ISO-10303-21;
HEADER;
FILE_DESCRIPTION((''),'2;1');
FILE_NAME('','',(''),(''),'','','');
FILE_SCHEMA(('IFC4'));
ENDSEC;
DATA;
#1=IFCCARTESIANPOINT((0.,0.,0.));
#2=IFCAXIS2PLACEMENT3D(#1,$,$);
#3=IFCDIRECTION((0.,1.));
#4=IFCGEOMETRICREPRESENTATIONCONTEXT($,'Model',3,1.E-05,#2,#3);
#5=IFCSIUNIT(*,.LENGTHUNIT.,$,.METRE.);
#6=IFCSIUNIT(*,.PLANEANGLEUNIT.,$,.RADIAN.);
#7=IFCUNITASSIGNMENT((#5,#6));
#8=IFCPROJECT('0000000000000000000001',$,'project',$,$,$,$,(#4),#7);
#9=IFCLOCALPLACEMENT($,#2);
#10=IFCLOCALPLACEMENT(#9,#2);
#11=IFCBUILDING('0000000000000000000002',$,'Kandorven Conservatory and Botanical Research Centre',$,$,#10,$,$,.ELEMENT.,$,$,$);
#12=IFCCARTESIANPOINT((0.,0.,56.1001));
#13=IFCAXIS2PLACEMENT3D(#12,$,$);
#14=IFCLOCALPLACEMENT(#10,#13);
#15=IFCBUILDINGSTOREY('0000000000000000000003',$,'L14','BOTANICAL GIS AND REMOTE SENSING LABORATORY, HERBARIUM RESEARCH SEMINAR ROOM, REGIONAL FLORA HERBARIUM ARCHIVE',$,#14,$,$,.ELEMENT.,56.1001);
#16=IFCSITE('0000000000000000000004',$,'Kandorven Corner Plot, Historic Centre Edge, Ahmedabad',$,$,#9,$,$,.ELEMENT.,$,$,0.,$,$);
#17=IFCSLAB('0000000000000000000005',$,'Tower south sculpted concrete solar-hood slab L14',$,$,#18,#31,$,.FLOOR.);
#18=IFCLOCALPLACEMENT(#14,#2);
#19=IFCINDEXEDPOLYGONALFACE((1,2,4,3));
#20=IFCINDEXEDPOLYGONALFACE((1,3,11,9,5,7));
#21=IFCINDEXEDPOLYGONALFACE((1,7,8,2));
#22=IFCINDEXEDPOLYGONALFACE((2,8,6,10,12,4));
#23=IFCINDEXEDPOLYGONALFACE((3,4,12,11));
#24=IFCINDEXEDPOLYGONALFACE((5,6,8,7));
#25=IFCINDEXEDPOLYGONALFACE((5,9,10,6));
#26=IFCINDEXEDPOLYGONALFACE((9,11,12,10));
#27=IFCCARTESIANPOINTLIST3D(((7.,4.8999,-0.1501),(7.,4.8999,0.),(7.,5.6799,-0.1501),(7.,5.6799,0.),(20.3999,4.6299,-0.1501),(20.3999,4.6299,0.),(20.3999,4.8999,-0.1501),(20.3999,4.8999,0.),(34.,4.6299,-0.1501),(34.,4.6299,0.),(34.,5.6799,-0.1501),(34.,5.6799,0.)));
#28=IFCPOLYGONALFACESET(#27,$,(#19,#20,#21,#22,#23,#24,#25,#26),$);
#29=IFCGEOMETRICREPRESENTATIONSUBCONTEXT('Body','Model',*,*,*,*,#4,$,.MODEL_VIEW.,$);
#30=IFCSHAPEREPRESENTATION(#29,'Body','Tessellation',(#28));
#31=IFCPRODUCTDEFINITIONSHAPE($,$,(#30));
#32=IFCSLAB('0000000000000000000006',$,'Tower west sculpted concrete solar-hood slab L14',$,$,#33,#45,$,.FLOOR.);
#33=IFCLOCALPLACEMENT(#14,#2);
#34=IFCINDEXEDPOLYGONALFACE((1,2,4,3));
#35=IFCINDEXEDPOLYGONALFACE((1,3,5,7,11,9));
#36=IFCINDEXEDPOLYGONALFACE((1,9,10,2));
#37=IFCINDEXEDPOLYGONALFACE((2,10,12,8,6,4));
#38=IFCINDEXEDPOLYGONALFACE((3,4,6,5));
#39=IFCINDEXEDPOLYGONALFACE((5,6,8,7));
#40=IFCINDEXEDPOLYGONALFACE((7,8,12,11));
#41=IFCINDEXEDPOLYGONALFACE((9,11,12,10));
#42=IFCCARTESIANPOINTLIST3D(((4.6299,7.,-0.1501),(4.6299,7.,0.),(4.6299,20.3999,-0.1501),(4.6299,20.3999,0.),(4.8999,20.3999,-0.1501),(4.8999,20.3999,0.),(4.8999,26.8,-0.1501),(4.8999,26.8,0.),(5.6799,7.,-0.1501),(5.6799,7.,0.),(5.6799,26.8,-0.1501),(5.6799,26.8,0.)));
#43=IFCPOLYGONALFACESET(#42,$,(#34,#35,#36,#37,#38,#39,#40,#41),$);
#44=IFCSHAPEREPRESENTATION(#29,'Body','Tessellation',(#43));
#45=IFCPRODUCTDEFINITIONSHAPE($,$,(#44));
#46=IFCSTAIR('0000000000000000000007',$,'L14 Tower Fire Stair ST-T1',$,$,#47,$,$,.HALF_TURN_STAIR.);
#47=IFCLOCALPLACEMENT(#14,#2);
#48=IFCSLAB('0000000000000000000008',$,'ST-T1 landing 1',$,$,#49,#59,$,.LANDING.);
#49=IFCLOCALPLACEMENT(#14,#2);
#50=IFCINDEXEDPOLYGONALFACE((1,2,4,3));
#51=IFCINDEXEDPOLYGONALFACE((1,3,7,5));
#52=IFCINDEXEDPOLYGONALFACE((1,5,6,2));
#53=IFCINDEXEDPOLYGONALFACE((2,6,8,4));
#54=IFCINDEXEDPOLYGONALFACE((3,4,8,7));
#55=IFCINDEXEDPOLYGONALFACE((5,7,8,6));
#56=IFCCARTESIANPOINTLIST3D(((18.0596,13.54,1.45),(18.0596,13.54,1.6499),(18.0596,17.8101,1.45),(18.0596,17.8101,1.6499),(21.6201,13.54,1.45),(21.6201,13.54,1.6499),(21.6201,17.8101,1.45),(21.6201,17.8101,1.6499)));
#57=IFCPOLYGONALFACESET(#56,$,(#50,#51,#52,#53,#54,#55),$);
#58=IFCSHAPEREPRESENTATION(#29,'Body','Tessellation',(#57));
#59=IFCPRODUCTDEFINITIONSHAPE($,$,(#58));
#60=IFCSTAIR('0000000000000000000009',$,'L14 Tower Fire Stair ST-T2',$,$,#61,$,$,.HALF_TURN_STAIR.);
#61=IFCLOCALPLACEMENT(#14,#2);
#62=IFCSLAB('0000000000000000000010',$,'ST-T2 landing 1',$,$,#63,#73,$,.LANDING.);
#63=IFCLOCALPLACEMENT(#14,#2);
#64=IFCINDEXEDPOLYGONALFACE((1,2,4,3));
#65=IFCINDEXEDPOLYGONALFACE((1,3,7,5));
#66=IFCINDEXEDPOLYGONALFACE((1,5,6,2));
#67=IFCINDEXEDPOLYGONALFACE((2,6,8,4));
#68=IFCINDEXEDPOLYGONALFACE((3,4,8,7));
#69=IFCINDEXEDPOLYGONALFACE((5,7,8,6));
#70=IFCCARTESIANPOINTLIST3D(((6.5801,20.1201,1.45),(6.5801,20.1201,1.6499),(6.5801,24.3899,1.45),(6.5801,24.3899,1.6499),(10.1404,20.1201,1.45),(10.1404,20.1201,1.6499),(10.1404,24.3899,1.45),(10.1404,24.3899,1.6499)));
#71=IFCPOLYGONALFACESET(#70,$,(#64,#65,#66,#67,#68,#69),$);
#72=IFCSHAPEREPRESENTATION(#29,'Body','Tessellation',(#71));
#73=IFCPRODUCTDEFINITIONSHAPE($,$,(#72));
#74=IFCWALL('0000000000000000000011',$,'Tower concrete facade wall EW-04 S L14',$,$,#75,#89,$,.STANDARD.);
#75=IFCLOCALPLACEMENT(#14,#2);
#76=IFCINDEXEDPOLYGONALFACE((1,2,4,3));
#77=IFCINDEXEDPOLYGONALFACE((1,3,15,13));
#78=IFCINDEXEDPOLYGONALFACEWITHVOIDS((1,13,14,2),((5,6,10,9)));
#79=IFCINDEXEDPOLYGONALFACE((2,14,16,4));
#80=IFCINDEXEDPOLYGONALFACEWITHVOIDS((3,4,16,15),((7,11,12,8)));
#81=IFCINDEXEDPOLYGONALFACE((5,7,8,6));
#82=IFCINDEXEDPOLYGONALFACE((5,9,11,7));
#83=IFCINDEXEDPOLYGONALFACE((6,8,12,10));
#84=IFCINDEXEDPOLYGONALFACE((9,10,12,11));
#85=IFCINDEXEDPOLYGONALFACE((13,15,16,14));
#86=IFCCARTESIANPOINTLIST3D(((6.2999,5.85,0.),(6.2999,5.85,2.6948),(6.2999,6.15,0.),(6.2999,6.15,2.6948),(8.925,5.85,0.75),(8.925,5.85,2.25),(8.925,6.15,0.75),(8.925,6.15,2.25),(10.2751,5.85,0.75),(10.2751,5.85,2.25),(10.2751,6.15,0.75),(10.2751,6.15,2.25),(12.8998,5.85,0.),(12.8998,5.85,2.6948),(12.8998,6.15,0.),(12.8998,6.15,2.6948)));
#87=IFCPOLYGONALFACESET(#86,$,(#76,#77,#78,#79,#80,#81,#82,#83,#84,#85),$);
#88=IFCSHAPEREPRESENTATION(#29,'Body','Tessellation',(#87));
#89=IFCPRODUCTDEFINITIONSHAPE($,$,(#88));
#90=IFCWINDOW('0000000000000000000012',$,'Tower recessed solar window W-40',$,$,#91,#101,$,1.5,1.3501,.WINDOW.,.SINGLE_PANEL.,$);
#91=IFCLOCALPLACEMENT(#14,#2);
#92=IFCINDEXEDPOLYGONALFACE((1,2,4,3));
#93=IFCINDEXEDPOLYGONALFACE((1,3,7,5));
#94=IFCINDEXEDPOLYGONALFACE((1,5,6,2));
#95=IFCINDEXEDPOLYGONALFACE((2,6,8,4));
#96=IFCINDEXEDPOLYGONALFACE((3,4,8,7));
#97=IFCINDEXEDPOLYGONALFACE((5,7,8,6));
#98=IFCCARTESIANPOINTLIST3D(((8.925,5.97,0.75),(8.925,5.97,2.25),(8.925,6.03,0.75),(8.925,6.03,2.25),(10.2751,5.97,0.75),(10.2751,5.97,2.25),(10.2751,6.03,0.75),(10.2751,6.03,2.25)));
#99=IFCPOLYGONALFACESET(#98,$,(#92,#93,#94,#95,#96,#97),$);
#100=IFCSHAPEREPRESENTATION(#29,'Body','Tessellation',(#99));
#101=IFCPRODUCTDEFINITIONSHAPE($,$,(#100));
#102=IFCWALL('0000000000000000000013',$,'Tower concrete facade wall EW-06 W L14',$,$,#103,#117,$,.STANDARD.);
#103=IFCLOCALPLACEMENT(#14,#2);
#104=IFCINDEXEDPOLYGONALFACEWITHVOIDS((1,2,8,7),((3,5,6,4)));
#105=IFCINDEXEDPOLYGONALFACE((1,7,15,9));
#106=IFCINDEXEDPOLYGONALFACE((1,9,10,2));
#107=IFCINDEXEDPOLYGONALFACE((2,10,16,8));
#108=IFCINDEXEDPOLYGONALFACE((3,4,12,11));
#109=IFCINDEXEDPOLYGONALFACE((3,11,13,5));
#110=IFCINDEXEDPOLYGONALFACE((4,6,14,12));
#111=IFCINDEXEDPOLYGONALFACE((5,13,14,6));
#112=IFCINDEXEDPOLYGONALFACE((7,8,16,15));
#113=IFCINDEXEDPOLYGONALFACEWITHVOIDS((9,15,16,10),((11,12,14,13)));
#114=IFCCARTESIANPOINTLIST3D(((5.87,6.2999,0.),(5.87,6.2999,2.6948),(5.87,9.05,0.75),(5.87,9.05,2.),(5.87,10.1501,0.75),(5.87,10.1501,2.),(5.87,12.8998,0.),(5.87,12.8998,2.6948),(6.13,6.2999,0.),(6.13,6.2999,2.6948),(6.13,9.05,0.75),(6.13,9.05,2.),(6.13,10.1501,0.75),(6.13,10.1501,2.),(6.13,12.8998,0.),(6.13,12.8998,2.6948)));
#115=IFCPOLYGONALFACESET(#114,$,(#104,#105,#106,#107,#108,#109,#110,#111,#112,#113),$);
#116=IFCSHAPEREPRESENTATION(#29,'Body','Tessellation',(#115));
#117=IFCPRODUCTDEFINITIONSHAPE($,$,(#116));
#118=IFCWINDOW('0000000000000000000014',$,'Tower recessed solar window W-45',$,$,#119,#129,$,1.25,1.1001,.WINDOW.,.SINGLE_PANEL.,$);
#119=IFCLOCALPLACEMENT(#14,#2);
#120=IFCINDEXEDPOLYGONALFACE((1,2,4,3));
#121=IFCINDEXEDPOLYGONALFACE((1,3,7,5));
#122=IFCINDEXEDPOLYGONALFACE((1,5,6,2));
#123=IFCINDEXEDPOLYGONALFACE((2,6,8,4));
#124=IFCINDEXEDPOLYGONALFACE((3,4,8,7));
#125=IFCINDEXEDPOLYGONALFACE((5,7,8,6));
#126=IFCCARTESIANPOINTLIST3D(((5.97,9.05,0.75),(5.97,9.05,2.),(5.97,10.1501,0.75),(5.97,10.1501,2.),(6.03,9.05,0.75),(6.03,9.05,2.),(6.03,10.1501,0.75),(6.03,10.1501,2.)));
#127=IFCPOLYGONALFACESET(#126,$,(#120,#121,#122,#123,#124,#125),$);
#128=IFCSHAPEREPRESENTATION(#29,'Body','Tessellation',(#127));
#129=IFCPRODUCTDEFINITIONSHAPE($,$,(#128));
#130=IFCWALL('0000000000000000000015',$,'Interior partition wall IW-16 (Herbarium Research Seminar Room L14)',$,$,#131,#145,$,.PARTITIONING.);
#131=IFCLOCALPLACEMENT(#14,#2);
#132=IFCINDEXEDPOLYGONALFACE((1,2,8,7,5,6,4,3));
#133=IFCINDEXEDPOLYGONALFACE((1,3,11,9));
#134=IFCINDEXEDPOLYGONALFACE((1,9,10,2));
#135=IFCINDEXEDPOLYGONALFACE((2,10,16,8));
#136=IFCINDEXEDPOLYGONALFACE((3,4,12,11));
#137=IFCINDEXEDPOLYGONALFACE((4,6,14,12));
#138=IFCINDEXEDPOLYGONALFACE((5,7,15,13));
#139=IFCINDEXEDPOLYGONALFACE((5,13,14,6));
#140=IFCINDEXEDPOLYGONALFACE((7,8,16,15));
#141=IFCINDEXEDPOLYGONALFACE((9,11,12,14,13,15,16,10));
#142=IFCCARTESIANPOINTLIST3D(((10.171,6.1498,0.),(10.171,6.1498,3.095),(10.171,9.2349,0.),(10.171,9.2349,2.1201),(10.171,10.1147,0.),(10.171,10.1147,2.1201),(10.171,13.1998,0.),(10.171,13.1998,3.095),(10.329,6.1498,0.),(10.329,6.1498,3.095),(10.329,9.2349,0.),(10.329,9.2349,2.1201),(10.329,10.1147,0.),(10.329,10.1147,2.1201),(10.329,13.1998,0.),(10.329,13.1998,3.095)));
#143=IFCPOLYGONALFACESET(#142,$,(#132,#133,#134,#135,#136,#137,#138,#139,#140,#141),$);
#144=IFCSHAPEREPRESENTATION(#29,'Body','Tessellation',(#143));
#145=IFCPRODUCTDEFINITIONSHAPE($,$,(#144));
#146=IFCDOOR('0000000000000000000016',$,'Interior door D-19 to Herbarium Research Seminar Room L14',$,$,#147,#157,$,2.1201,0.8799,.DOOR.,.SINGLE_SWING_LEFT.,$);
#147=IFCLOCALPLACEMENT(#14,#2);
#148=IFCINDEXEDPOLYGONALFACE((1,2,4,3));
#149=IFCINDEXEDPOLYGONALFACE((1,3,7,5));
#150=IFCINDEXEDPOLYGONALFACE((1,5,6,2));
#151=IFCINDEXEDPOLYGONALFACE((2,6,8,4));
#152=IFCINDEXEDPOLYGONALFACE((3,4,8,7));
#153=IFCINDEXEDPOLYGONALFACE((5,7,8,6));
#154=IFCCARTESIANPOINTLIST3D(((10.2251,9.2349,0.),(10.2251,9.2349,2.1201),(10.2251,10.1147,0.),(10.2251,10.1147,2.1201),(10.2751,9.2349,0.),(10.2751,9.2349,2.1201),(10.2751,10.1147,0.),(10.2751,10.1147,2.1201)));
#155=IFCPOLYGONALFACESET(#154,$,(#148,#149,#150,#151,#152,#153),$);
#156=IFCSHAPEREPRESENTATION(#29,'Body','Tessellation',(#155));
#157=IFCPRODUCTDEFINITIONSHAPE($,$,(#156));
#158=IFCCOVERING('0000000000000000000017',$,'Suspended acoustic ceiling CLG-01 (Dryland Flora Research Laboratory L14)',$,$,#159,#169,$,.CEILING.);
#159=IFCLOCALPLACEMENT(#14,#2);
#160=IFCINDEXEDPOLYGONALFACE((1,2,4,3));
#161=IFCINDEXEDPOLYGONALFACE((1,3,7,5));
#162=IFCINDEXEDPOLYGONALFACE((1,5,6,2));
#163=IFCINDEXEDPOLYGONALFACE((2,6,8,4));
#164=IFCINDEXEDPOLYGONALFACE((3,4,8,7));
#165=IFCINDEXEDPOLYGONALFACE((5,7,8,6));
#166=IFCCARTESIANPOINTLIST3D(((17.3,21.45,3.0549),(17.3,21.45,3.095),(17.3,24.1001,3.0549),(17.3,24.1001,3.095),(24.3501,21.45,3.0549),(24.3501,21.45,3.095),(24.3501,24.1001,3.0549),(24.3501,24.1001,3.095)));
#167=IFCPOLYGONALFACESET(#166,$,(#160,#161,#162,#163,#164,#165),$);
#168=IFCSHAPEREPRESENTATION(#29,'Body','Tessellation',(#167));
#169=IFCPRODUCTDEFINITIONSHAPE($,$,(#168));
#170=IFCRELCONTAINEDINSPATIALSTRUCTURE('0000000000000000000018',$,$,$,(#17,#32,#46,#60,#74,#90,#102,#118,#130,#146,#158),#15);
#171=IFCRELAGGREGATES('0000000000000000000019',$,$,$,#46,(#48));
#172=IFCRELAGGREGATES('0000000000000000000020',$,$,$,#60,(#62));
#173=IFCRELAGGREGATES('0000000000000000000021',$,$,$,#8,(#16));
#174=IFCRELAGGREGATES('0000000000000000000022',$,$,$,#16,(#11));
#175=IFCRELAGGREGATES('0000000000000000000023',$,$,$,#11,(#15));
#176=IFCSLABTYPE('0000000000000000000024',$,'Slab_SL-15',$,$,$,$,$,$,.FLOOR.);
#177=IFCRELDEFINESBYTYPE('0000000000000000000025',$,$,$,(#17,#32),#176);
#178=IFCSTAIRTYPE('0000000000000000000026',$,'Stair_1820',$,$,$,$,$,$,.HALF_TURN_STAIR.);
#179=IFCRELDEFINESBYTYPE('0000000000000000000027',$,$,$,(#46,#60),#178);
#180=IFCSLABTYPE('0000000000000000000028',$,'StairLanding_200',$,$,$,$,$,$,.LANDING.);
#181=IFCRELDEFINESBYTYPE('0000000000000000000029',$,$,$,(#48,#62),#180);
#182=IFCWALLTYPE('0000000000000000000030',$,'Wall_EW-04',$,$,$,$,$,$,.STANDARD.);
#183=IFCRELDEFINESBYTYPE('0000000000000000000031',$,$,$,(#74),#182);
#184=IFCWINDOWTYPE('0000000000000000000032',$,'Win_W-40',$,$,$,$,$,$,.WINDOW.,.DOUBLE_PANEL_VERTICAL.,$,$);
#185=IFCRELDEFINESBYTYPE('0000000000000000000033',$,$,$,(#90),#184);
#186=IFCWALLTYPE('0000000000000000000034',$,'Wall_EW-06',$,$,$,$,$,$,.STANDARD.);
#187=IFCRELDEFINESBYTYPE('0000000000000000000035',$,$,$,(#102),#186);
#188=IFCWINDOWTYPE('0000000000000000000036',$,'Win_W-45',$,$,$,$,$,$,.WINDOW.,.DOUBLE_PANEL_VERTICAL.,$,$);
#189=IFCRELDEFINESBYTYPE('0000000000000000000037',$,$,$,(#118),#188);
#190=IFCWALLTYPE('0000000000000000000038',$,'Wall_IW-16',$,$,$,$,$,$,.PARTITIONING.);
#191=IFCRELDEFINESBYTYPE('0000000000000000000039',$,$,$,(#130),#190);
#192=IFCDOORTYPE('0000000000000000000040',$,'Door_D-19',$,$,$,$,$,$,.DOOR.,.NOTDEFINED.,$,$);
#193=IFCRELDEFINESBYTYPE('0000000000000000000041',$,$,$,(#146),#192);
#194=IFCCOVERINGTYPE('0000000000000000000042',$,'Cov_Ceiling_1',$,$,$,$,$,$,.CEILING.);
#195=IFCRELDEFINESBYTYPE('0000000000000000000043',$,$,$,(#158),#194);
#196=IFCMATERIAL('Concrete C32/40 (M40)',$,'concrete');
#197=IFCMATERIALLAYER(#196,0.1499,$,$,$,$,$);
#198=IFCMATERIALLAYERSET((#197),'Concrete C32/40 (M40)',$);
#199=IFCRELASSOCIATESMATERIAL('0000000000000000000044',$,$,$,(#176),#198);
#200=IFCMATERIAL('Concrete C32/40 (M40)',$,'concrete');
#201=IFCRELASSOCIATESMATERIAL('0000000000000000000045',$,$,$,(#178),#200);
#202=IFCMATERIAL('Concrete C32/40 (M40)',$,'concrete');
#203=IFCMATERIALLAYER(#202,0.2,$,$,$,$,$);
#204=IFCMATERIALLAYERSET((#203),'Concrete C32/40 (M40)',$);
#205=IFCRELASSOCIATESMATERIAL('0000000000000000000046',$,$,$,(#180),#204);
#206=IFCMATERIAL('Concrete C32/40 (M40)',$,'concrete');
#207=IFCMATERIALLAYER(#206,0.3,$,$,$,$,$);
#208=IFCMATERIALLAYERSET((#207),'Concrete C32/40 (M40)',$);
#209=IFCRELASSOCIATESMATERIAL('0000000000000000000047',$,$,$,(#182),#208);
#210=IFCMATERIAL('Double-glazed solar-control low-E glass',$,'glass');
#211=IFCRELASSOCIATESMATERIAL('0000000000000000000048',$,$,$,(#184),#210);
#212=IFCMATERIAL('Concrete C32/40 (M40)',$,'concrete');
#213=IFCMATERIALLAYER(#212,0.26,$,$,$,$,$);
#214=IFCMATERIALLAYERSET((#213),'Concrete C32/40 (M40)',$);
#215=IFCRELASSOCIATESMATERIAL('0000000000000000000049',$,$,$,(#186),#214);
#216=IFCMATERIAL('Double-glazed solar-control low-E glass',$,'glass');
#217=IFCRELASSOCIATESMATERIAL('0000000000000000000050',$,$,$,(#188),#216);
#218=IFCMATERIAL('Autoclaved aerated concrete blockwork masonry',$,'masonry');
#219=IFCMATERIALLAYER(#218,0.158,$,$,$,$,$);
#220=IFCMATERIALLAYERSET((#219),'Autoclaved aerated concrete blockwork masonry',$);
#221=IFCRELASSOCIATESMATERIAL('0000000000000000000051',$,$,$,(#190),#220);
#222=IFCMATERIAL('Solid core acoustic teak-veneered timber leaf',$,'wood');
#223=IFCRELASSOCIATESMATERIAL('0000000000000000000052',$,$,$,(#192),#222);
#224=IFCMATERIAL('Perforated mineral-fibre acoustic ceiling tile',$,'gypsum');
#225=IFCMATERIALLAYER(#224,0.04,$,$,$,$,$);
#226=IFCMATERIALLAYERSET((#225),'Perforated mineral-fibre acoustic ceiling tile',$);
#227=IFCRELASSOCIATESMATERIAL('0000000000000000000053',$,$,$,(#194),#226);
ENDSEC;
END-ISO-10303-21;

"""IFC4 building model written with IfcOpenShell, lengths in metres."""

from ifc_helpers import new_model, si_unit, direction, frame, frame_2d, origin, place, context, subcontext, project, spatial, polyline, rectangle, outline, extrude, material, layer, layer_set, type_object, element, fill, aggregate, save


model = new_model("IFC4")

# Units and contexts
model_context = context("Model", 3, precision=1e-05, world=origin(), true_north=direction((0.0, 1.0)))
body_context = subcontext(model_context, "Body", "Model", "MODEL_VIEW")
ifc_project = project(units=[si_unit("LENGTHUNIT", "METRE"), si_unit("PLANEANGLEUNIT", "RADIAN")], contexts=[model_context])

# Site, building, storey
site_placement = place(None, origin())
site = spatial("IfcSite", under=ifc_project, at=site_placement, Name="Kandorven Corner Plot, Historic Centre Edge, Ahmedabad", CompositionType="ELEMENT", RefElevation=0.0)
building_placement = place(site_placement, origin())
building = spatial("IfcBuilding", under=site, at=building_placement, Name="Kandorven Conservatory and Botanical Research Centre", CompositionType="ELEMENT")
storey_placement = place(building_placement, frame((0.0, 0.0, 56.1001)))
storey = spatial("IfcBuildingStorey", under=building, at=storey_placement, Name="L14", Description="BOTANICAL GIS AND REMOTE SENSING LABORATORY, HERBARIUM RESEARCH SEMINAR ROOM, REGIONAL FLORA HERBARIUM ARCHIVE", CompositionType="ELEMENT", Elevation=56.1001)

# Slabs
ifc_material_1 = material(Name="Concrete C32/40 (M40)", Category="concrete")
ifc_layer_1 = layer(ifc_material_1, 0.1499)
ifc_layer_set_1 = layer_set([ifc_layer_1], Name="Concrete C32/40 (M40)")
slab_type_1 = type_object("IfcSlabType", Name="Slab_SL-15", PredefinedType="FLOOR", material=ifc_layer_set_1)
slab_1_placement = place(storey_placement, frame((0.0, 0.0, -0.1501)))
element("IfcSlab", 1, at=slab_1_placement, inside=storey, type_object=slab_type_1, Name="Tower south sculpted concrete solar-hood slab L14", PredefinedType="FLOOR", context=body_context, shape_type="SweptSolid", body=[
    extrude(outline(polyline([(7.0, 5.6799), (34.0, 5.6799), (34.0, 4.6299), (20.3999, 4.6299), (20.3999, 4.8999), (7.0, 4.8999), (7.0, 5.6799)])), origin(), (0.0, 0.0, 1.0), 0.1501),
])
slab_2_placement = place(storey_placement, frame((0.0, 0.0, -0.1501)))
element("IfcSlab", 2, at=slab_2_placement, inside=storey, type_object=slab_type_1, Name="Tower west sculpted concrete solar-hood slab L14", PredefinedType="FLOOR", context=body_context, shape_type="SweptSolid", body=[
    extrude(outline(polyline([(4.6299, 7.0), (5.6799, 7.0), (5.6799, 26.8), (4.8999, 26.8), (4.8999, 20.3999), (4.6299, 20.3999), (4.6299, 7.0)])), origin(), (0.0, 0.0, 1.0), 0.1501),
])

# Stairs, slabs
ifc_material_2 = material(Name="Concrete C32/40 (M40)", Category="concrete")
stair_type = type_object("IfcStairType", Name="Stair_1820", PredefinedType="HALF_TURN_STAIR", material=ifc_material_2)
stair_1_placement = place(storey_placement, origin())
stair_1 = element("IfcStair", 3, at=stair_1_placement, inside=storey, type_object=stair_type, Name="L14 Tower Fire Stair ST-T1", PredefinedType="HALF_TURN_STAIR")
ifc_material_3 = material(Name="Concrete C32/40 (M40)", Category="concrete")
ifc_layer_2 = layer(ifc_material_3, 0.2)
ifc_layer_set_2 = layer_set([ifc_layer_2], Name="Concrete C32/40 (M40)")
slab_type_2 = type_object("IfcSlabType", Name="StairLanding_200", PredefinedType="LANDING", material=ifc_layer_set_2)
slab_3_placement = place(storey_placement, frame((0.0, 0.0, 1.45)))
slab_3 = element("IfcSlab", 4, at=slab_3_placement, type_object=slab_type_2, Name="ST-T1 landing 1", PredefinedType="LANDING", context=body_context, shape_type="SweptSolid", body=[
    extrude(outline(polyline([(18.0596, 13.54), (21.6201, 13.54), (21.6201, 17.8101), (18.0596, 17.8101), (18.0596, 13.54)])), origin(), (0.0, 0.0, 1.0), 0.2),
])
aggregate(stair_1, [slab_3])
stair_2_placement = place(storey_placement, origin())
stair_2 = element("IfcStair", 5, at=stair_2_placement, inside=storey, type_object=stair_type, Name="L14 Tower Fire Stair ST-T2", PredefinedType="HALF_TURN_STAIR")
slab_4_placement = place(storey_placement, frame((0.0, 0.0, 1.45)))
slab_4 = element("IfcSlab", 6, at=slab_4_placement, type_object=slab_type_2, Name="ST-T2 landing 1", PredefinedType="LANDING", context=body_context, shape_type="SweptSolid", body=[
    extrude(outline(polyline([(10.1404, 24.3899), (6.5801, 24.3899), (6.5801, 20.1201), (10.1404, 20.1201), (10.1404, 24.3899)])), origin(), (0.0, 0.0, 1.0), 0.2),
])
aggregate(stair_2, [slab_4])

# Walls, openings, windows
ifc_material_4 = material(Name="Concrete C32/40 (M40)", Category="concrete")
ifc_layer_3 = layer(ifc_material_4, 0.3)
ifc_layer_set_3 = layer_set([ifc_layer_3], Name="Concrete C32/40 (M40)")
wall_type_1 = type_object("IfcWallType", Name="Wall_EW-04", PredefinedType="STANDARD", material=ifc_layer_set_3)
wall_1_placement = place(storey_placement, frame((6.3, 6.0, 0.0), z_axis=(0.0, 0.0, 1.0), x_axis=(1.0, 0.0, 0.0)))
wall_1 = element("IfcWall", 7, at=wall_1_placement, inside=storey, type_object=wall_type_1, Name="Tower concrete facade wall EW-04 S L14", PredefinedType="STANDARD", context=body_context, shape_type="SweptSolid", body=[
    extrude(rectangle(XDim=6.5999, YDim=0.3, at=frame_2d((3.2998, 0.0))), origin(), (0.0, 0.0, 1.0), 2.6948),
])
opening_1_placement = place(wall_1_placement, frame((2.625, 0.0, 0.75)))
opening_1 = element("IfcOpeningElement", 8, at=opening_1_placement, cuts=wall_1, PredefinedType="OPENING", context=body_context, shape_type="SweptSolid", body=[
    extrude(rectangle(XDim=1.3501, YDim=1.5, at=frame_2d((0.675, 0.75))), frame((0.0, 0.1599, 0.0), z_axis=(0.0, -1.0, 0.0), x_axis=(1.0, 0.0, 0.0)), (0.0, 0.0, 1.0), 0.3201),
])
ifc_material_5 = material(Name="Double-glazed solar-control low-E glass", Category="glass")
window_type_1 = type_object("IfcWindowType", Name="Win_W-40", PartitioningType="DOUBLE_PANEL_VERTICAL", PredefinedType="WINDOW", material=ifc_material_5)
window_1_placement = place(opening_1_placement, origin())
window_1 = element("IfcWindow", 9, at=window_1_placement, inside=storey, type_object=window_type_1, Name="Tower recessed solar window W-40", OverallHeight=1.5, OverallWidth=1.3501, PartitioningType="SINGLE_PANEL", PredefinedType="WINDOW", context=body_context, shape_type="SweptSolid", body=[
    extrude(rectangle(XDim=1.3501, YDim=1.5, at=frame_2d((0.675, 0.75))), frame((0.0, 0.03, 0.0), z_axis=(0.0, -1.0, 0.0), x_axis=(1.0, 0.0, 0.0)), (0.0, 0.0, 1.0), 0.0601),
])
fill(opening_1, window_1)
ifc_material_6 = material(Name="Concrete C32/40 (M40)", Category="concrete")
ifc_layer_4 = layer(ifc_material_6, 0.26)
ifc_layer_set_4 = layer_set([ifc_layer_4], Name="Concrete C32/40 (M40)")
wall_type_2 = type_object("IfcWallType", Name="Wall_EW-06", PredefinedType="STANDARD", material=ifc_layer_set_4)
wall_2_placement = place(storey_placement, frame((6.0, 6.3, 0.0), z_axis=(0.0, 0.0, 1.0), x_axis=(0.0, 1.0, 0.0)))
wall_2 = element("IfcWall", 10, at=wall_2_placement, inside=storey, type_object=wall_type_2, Name="Tower concrete facade wall EW-06 W L14", PredefinedType="STANDARD", context=body_context, shape_type="SweptSolid", body=[
    extrude(rectangle(XDim=6.5999, YDim=0.26, at=frame_2d((3.2998, 0.0))), origin(), (0.0, 0.0, 1.0), 2.6948),
])
opening_2_placement = place(wall_2_placement, frame((2.75, 0.0, 0.75)))
opening_2 = element("IfcOpeningElement", 11, at=opening_2_placement, cuts=wall_2, PredefinedType="OPENING", context=body_context, shape_type="SweptSolid", body=[
    extrude(rectangle(XDim=1.1001, YDim=1.25, at=frame_2d((0.55, 0.625))), frame((0.0, 0.1399, 0.0), z_axis=(0.0, -1.0, 0.0), x_axis=(1.0, 0.0, 0.0)), (0.0, 0.0, 1.0), 0.28),
])
ifc_material_7 = material(Name="Double-glazed solar-control low-E glass", Category="glass")
window_type_2 = type_object("IfcWindowType", Name="Win_W-45", PartitioningType="DOUBLE_PANEL_VERTICAL", PredefinedType="WINDOW", material=ifc_material_7)
window_2_placement = place(opening_2_placement, origin())
window_2 = element("IfcWindow", 12, at=window_2_placement, inside=storey, type_object=window_type_2, Name="Tower recessed solar window W-45", OverallHeight=1.25, OverallWidth=1.1001, PartitioningType="SINGLE_PANEL", PredefinedType="WINDOW", context=body_context, shape_type="SweptSolid", body=[
    extrude(rectangle(XDim=1.1001, YDim=1.25, at=frame_2d((0.55, 0.625))), frame((0.0, 0.03, 0.0), z_axis=(0.0, -1.0, 0.0), x_axis=(1.0, 0.0, 0.0)), (0.0, 0.0, 1.0), 0.0601),
])
fill(opening_2, window_2)

# Wall, opening, door
ifc_material_8 = material(Name="Autoclaved aerated concrete blockwork masonry", Category="masonry")
ifc_layer_5 = layer(ifc_material_8, 0.158)
ifc_layer_set_5 = layer_set([ifc_layer_5], Name="Autoclaved aerated concrete blockwork masonry")
wall_type_3 = type_object("IfcWallType", Name="Wall_IW-16", PredefinedType="PARTITIONING", material=ifc_layer_set_5)
wall_3_placement = place(storey_placement, frame((10.25, 6.1499, 0.0), z_axis=(0.0, 0.0, 1.0), x_axis=(0.0, 1.0, 0.0)))
wall_3 = element("IfcWall", 13, at=wall_3_placement, inside=storey, type_object=wall_type_3, Name="Interior partition wall IW-16 (Herbarium Research Seminar Room L14)", PredefinedType="PARTITIONING", context=body_context, shape_type="SweptSolid", body=[
    extrude(rectangle(XDim=7.05, YDim=0.158, at=frame_2d((3.5249, 0.0))), origin(), (0.0, 0.0, 1.0), 3.095),
])
opening_3_placement = place(wall_3_placement, frame((3.085, 0.0, 0.0)))
opening_3 = element("IfcOpeningElement", 14, at=opening_3_placement, cuts=wall_3, PredefinedType="OPENING", context=body_context, shape_type="SweptSolid", body=[
    extrude(rectangle(XDim=0.8799, YDim=2.1201, at=frame_2d((0.4399, 1.0601))), frame((0.0, 0.0889, 0.0), z_axis=(0.0, -1.0, 0.0), x_axis=(1.0, 0.0, 0.0)), (0.0, 0.0, 1.0), 0.178),
])
ifc_material_9 = material(Name="Solid core acoustic teak-veneered timber leaf", Category="wood")
door_type = type_object("IfcDoorType", Name="Door_D-19", OperationType="NOTDEFINED", PredefinedType="DOOR", material=ifc_material_9)
door_placement = place(opening_3_placement, origin())
door = element("IfcDoor", 15, at=door_placement, inside=storey, type_object=door_type, Name="Interior door D-19 to Herbarium Research Seminar Room L14", OperationType="SINGLE_SWING_LEFT", OverallHeight=2.1201, OverallWidth=0.8799, PredefinedType="DOOR", context=body_context, shape_type="SweptSolid", body=[
    extrude(rectangle(XDim=0.8799, YDim=2.1201, at=frame_2d((0.4399, 1.0601))), frame((0.0, 0.0249, 0.0), z_axis=(0.0, -1.0, 0.0), x_axis=(1.0, 0.0, 0.0)), (0.0, 0.0, 1.0), 0.05),
])
fill(opening_3, door)

# Covering
ifc_material_10 = material(Name="Perforated mineral-fibre acoustic ceiling tile", Category="gypsum")
ifc_layer_6 = layer(ifc_material_10, 0.04)
ifc_layer_set_6 = layer_set([ifc_layer_6], Name="Perforated mineral-fibre acoustic ceiling tile")
covering_type_1 = type_object("IfcCoveringType", Name="Cov_Ceiling_1", PredefinedType="CEILING", material=ifc_layer_set_6)
covering_1_placement = place(storey_placement, frame((0.0, 0.0, 3.0549)))
element("IfcCovering", 16, at=covering_1_placement, inside=storey, type_object=covering_type_1, Name="Suspended acoustic ceiling CLG-01 (Dryland Flora Research Laboratory L14)", PredefinedType="CEILING", context=body_context, shape_type="SweptSolid", body=[
    extrude(outline(polyline([(17.3, 21.45), (24.3501, 21.45), (24.3501, 24.1001), (17.3, 24.1001), (17.3, 21.45)])), origin(), (0.0, 0.0, 1.0), 0.04),
])

save(model, "model.ifc")
